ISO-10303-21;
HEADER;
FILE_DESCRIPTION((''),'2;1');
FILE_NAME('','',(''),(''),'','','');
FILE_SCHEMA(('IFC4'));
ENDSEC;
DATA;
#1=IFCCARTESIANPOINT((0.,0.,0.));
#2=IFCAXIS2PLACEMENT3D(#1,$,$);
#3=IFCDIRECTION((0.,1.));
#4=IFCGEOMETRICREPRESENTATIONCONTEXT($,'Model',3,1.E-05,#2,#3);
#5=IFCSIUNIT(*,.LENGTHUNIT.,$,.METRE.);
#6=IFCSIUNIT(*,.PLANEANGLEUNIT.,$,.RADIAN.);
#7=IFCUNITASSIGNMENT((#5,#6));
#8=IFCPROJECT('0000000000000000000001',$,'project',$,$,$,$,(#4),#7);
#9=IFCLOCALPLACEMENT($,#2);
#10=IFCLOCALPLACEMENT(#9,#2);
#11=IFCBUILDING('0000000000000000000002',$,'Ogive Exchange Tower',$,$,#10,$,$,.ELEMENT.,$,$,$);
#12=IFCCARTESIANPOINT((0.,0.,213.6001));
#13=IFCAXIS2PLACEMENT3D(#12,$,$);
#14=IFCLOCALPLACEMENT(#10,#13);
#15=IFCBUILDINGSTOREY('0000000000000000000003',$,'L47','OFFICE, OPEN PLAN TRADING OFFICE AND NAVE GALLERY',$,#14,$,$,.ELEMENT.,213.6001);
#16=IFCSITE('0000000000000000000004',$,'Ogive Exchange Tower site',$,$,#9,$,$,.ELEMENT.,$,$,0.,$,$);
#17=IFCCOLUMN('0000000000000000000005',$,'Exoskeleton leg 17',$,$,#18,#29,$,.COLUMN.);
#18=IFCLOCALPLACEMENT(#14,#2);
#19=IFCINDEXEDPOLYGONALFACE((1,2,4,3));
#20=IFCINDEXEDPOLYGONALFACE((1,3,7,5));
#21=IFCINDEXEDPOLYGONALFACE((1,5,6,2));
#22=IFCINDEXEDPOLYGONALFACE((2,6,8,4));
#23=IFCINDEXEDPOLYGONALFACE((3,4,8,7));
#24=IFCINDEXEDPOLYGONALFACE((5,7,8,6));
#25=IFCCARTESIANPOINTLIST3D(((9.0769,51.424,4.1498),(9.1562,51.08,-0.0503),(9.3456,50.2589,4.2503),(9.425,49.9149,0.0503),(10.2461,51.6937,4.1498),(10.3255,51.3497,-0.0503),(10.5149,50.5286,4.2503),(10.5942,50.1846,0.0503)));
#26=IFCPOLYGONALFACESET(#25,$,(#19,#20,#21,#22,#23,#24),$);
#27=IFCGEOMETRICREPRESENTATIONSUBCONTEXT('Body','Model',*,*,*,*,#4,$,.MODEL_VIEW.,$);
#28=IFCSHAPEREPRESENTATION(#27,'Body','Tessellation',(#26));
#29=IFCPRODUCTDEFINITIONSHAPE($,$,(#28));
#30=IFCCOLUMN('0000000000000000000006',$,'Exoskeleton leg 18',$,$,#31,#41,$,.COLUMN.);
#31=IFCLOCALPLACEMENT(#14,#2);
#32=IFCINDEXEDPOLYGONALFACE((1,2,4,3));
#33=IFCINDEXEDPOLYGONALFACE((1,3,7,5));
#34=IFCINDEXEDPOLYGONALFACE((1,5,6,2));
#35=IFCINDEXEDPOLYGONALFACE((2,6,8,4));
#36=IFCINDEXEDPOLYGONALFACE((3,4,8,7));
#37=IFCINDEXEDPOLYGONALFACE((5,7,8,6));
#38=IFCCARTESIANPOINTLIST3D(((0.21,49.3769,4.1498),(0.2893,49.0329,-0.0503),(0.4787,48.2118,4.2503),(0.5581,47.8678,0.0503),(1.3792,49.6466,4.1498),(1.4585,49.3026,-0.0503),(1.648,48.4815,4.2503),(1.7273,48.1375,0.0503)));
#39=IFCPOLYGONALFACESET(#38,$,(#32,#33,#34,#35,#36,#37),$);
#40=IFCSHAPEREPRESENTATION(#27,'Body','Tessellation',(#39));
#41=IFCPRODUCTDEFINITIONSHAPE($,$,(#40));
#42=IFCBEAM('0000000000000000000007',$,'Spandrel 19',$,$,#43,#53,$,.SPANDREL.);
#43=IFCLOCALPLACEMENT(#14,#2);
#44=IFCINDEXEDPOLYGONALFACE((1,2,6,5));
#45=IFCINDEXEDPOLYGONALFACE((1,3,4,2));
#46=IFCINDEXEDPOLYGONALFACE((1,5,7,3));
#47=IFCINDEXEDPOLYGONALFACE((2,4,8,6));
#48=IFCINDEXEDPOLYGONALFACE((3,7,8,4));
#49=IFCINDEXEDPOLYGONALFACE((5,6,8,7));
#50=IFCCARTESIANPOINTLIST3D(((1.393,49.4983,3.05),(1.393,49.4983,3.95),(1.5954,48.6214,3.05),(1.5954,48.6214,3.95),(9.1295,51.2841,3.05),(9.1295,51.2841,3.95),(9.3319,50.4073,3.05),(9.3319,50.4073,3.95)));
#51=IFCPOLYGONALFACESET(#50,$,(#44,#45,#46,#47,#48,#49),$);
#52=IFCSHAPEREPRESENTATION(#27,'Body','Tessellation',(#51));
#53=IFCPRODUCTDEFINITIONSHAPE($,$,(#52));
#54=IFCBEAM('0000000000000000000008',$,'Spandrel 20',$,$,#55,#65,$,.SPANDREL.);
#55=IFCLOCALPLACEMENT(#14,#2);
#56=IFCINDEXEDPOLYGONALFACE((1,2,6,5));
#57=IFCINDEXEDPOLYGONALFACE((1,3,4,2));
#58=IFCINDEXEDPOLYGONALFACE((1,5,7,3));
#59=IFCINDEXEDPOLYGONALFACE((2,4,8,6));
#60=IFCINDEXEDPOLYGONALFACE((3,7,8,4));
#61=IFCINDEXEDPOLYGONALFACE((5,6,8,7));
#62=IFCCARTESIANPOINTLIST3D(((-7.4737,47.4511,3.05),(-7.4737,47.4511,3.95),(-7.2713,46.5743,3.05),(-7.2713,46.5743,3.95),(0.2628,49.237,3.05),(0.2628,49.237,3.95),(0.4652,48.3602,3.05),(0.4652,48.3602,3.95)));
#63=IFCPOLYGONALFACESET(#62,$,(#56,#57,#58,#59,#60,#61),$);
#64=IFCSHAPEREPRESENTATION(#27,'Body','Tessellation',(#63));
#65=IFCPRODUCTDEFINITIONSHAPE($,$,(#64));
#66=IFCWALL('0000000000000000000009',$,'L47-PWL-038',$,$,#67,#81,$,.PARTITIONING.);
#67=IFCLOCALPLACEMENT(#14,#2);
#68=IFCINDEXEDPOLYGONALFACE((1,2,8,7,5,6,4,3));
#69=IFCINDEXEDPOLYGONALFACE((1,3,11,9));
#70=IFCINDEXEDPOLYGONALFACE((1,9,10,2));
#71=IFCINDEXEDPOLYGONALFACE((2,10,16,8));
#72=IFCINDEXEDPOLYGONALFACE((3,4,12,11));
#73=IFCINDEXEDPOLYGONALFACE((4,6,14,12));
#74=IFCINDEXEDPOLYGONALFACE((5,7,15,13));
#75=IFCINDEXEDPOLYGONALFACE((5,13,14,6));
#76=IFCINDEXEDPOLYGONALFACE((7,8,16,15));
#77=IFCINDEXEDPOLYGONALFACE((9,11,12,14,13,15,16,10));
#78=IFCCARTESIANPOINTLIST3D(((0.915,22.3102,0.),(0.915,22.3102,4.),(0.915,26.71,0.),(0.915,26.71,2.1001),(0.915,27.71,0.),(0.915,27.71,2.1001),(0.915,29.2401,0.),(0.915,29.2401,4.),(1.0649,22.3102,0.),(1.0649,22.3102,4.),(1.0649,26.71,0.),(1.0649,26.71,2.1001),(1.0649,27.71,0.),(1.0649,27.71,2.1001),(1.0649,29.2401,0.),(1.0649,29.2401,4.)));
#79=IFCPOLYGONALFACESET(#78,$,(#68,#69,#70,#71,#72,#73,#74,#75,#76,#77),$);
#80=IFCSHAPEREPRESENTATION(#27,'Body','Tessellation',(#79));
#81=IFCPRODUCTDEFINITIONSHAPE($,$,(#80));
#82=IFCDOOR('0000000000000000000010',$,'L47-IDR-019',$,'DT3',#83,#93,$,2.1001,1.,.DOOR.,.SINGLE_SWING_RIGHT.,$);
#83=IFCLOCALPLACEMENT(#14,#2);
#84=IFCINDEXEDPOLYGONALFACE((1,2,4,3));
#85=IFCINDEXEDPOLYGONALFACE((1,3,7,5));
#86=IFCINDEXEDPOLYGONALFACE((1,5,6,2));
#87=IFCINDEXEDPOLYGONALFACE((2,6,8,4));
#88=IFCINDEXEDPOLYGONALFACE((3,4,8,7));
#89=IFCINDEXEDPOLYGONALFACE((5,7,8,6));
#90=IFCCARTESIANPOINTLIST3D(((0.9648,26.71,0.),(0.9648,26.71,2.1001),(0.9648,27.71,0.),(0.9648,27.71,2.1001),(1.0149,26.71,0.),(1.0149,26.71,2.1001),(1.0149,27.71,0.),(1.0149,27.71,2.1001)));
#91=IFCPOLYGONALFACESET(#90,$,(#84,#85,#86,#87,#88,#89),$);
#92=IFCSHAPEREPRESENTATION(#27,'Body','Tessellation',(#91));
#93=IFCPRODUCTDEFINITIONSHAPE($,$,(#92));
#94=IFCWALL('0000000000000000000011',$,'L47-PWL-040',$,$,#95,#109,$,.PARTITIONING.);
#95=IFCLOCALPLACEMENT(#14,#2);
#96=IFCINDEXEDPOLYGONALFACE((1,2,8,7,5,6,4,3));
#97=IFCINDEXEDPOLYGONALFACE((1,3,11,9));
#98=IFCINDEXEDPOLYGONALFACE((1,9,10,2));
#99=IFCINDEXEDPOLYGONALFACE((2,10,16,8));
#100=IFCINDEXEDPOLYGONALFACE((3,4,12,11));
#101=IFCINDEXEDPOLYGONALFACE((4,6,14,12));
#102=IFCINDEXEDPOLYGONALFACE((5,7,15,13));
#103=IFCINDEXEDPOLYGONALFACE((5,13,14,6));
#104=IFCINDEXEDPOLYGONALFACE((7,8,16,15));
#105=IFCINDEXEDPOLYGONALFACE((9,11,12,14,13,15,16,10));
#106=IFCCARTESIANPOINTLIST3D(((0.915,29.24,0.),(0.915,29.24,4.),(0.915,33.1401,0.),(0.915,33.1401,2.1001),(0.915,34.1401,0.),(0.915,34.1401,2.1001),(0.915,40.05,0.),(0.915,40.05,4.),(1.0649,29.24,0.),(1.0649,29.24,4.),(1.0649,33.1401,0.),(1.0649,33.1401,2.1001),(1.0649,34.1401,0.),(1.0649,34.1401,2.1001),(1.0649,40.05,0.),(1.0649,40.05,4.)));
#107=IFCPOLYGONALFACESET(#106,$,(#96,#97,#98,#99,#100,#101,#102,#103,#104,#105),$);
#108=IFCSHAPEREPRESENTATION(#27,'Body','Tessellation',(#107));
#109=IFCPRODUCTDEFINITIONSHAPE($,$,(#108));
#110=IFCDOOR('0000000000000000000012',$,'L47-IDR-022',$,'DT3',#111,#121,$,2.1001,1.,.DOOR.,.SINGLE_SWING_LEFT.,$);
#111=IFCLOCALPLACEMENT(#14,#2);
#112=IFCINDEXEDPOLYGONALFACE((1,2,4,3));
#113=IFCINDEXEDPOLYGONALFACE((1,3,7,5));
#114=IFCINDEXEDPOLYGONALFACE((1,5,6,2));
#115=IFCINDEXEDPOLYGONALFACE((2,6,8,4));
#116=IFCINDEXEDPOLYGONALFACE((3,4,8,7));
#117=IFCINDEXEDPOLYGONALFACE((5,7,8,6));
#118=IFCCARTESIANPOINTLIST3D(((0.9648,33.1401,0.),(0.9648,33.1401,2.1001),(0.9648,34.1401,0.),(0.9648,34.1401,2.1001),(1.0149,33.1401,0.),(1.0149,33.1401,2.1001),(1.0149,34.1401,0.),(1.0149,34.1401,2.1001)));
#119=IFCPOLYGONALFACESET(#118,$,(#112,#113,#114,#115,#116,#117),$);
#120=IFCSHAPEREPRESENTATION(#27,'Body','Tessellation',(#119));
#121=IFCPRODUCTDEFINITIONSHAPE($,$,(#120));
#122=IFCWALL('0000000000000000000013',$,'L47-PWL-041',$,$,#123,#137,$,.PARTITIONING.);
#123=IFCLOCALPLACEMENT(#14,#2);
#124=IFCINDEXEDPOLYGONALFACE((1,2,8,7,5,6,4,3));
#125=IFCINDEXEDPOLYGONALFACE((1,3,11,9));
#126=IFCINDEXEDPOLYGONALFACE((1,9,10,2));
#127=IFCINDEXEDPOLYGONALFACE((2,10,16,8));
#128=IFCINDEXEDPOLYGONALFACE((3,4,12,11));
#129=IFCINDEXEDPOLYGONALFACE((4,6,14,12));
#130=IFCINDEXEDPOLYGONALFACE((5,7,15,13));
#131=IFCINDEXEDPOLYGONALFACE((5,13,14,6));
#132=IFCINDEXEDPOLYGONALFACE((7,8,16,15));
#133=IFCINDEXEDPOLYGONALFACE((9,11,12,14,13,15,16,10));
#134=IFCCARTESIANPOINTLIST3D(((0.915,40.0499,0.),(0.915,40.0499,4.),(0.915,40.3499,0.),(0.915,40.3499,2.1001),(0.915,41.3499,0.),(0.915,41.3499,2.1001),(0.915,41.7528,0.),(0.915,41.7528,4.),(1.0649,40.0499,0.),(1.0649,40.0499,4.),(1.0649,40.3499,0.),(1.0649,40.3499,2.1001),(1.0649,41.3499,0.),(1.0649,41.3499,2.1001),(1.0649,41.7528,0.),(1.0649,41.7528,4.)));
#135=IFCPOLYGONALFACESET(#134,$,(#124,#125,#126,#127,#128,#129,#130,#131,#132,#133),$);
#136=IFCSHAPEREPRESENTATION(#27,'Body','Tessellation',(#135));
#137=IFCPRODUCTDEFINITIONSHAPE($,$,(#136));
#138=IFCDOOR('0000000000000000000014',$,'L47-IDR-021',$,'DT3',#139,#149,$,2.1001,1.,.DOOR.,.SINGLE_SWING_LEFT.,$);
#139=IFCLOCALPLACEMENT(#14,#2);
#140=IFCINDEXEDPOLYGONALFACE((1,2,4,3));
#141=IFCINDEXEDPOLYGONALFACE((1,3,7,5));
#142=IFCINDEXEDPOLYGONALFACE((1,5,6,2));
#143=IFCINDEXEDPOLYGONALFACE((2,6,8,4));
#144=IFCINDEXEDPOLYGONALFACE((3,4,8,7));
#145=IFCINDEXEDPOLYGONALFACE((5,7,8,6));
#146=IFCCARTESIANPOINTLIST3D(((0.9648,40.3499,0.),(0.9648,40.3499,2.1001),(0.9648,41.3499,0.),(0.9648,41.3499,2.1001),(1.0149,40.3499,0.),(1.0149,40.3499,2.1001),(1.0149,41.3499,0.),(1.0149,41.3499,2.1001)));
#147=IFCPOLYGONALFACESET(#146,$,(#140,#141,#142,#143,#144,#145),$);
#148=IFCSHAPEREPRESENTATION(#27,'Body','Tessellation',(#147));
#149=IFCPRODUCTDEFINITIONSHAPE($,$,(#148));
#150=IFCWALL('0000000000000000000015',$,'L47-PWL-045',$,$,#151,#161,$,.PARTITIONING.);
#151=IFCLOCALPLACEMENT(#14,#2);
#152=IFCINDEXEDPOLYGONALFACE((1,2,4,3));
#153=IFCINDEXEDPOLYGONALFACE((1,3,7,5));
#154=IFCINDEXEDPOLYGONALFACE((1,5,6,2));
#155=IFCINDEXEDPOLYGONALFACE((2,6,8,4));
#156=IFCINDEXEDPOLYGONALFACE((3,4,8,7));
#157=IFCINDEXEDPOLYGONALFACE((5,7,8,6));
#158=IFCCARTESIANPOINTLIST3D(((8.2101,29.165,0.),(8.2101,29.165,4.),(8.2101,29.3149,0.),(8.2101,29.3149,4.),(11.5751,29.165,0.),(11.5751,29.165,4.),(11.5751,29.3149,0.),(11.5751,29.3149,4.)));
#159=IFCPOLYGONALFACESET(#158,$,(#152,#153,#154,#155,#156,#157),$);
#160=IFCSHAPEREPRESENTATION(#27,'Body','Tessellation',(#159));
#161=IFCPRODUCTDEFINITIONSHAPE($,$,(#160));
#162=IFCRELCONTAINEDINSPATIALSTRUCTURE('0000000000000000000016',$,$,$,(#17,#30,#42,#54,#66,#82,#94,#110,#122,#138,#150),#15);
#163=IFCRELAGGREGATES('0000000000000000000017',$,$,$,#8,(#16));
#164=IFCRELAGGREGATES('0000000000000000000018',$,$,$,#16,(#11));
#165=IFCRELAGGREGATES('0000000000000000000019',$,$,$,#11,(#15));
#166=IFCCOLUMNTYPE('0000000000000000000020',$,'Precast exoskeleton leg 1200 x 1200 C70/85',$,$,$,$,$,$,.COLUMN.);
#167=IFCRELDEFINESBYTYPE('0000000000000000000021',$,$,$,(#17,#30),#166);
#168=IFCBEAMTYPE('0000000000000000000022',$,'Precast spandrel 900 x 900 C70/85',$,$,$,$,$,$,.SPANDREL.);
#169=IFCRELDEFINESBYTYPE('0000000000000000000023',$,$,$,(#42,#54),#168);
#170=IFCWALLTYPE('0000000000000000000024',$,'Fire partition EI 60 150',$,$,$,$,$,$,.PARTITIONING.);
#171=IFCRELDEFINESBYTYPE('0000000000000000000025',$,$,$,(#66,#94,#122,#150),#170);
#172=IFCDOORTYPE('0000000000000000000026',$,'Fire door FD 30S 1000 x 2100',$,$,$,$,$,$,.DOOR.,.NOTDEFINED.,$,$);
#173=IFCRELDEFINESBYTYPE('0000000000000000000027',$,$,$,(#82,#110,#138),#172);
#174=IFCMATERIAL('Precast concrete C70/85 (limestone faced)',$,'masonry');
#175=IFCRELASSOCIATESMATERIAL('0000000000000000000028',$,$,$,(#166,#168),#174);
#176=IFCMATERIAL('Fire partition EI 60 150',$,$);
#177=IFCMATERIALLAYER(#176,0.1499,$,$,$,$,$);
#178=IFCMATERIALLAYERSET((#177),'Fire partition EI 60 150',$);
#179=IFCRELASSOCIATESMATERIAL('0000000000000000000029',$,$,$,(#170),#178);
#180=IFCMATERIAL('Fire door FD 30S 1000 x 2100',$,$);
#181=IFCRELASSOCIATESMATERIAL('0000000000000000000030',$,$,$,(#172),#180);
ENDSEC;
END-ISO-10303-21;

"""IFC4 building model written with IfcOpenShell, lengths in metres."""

from ifc_helpers import new_model, si_unit, direction, frame, frame_2d, origin, origin_2d, place, context, subcontext, project, spatial, rectangle, extrude, material, layer, layer_set, material_profile, profile_set, type_object, element, fill, save


model = new_model("IFC4")

# Units and contexts
model_context = context("Model", 3, precision=1e-05, world=origin(), true_north=direction((0.0, 1.0)))
body_context = subcontext(model_context, "Body", "Model", "MODEL_VIEW")
ifc_project = project(units=[si_unit("LENGTHUNIT", "METRE"), si_unit("PLANEANGLEUNIT", "RADIAN")], contexts=[model_context])

# Site, building, storey
site_placement = place(None, origin())
site = spatial("IfcSite", under=ifc_project, at=site_placement, Name="Ogive Exchange Tower site", CompositionType="ELEMENT", RefElevation=0.0)
building_placement = place(site_placement, origin())
building = spatial("IfcBuilding", under=site, at=building_placement, Name="Ogive Exchange Tower", CompositionType="ELEMENT")
storey_placement = place(building_placement, frame((0.0, 0.0, 213.6001)))
storey = spatial("IfcBuildingStorey", under=building, at=storey_placement, Name="L47", Description="OFFICE, OPEN PLAN TRADING OFFICE AND NAVE GALLERY", CompositionType="ELEMENT", Elevation=213.6001)

# Columns
ifc_material_1 = material(Name="Precast concrete C70/85 (limestone faced)", Category="masonry")
ifc_material_profile_1 = material_profile(ifc_material_1, rectangle(XDim=1.2, YDim=1.2, at=origin_2d()), Name="1200 x 1200")
ifc_profile_set_1 = profile_set([ifc_material_profile_1], Name="Precast concrete C70/85 (limestone faced)")
column_type = type_object("IfcColumnType", Name="Precast exoskeleton leg 1200 x 1200 C70/85", PredefinedType="COLUMN", material=ifc_profile_set_1)
for number, where, z_axis, x_axis, name in (
    (1, (9.8752, 50.6323, 0.0), (-0.018826, 0.081617, 0.996486), (-0.974415, -0.224758, 0.0), "Exoskeleton leg 17"),
    (2, (1.0083, 48.5852, 0.0), (-0.018826, 0.081617, 0.996486), (-0.974415, -0.224758, 0.0), "Exoskeleton leg 18"),
):
    element("IfcColumn", number, at=place(storey_placement, frame(where, z_axis=z_axis, x_axis=x_axis)), inside=storey, type_object=column_type, Name=name, PredefinedType="COLUMN", context=body_context, shape_type="SweptSolid", body=[
        extrude(rectangle(XDim=1.2, YDim=1.2, at=origin_2d()), origin(), (0.0, 0.0, 1.0), 4.2148),
    ])

# Beams
ifc_material_profile_2 = material_profile(ifc_material_1, rectangle(XDim=0.8999, YDim=0.8999, at=origin_2d()), Name="900 x 900")
ifc_profile_set_2 = profile_set([ifc_material_profile_2], Name="Precast concrete C70/85 (limestone faced)")
beam_type = type_object("IfcBeamType", Name="Precast spandrel 900 x 900 C70/85", PredefinedType="SPANDREL", material=ifc_profile_set_2)
for number, where, z_axis, x_axis, name in (
    (3, (9.2307, 50.8457, 3.5), (-0.974377, -0.224922, 0.0), (0.224922, -0.974377, 0.0), "Spandrel 19"),
    (4, (0.364, 48.7986, 3.5), (-0.974377, -0.224922, 0.0), (0.224922, -0.974377, 0.0), "Spandrel 20"),
):
    element("IfcBeam", number, at=place(storey_placement, frame(where, z_axis=z_axis, x_axis=x_axis)), inside=storey, type_object=beam_type, Name=name, PredefinedType="SPANDREL", context=body_context, shape_type="SweptSolid", body=[
        extrude(rectangle(XDim=0.8999, YDim=0.8999, at=origin_2d()), origin(), (0.0, 0.0, 1.0), 7.9399),
    ])

# Walls, openings, doors
ifc_material_2 = material(Name="Fire partition EI 60 150")
ifc_layer_1 = layer(ifc_material_2, 0.1499)
ifc_layer_set_1 = layer_set([ifc_layer_1], Name="Fire partition EI 60 150")
wall_type_1 = type_object("IfcWallType", Name="Fire partition EI 60 150", PredefinedType="PARTITIONING", material=ifc_layer_set_1)
wall_1_placement = place(storey_placement, frame((0.99, 29.24, 0.0), z_axis=(0.0, 0.0, 1.0), x_axis=(0.0, -1.0, 0.0)))
wall_1 = element("IfcWall", 5, at=wall_1_placement, inside=storey, type_object=wall_type_1, Name="L47-PWL-038", PredefinedType="PARTITIONING", context=body_context, shape_type="SweptSolid", body=[
    extrude(rectangle(XDim=6.9299, YDim=0.1499, at=frame_2d((3.4648, 0.0))), origin(), (0.0, 0.0, 1.0), 4.0),
])
opening_1_placement = place(wall_1_placement, frame((1.53, 0.0, 0.0)))
opening_1 = element("IfcOpeningElement", 6, at=opening_1_placement, cuts=wall_1, PredefinedType="OPENING", context=body_context, shape_type="SweptSolid", body=[
    extrude(rectangle(XDim=1.0, YDim=2.1001, at=frame_2d((0.5, 1.05))), frame((0.0, 0.085, 0.0), z_axis=(0.0, -1.0, 0.0), x_axis=(1.0, 0.0, 0.0)), (0.0, 0.0, 1.0), 0.1699),
])
ifc_material_3 = material(Name="Fire door FD 30S 1000 x 2100")
door_type_1 = type_object("IfcDoorType", Name="Fire door FD 30S 1000 x 2100", OperationType="NOTDEFINED", PredefinedType="DOOR", material=ifc_material_3)
door_1_placement = place(opening_1_placement, origin())
door_1 = element("IfcDoor", 7, at=door_1_placement, inside=storey, type_object=door_type_1, Name="L47-IDR-019", ObjectType="DT3", OperationType="SINGLE_SWING_RIGHT", OverallHeight=2.1001, OverallWidth=1.0, PredefinedType="DOOR", context=body_context, shape_type="SweptSolid", body=[
    extrude(rectangle(XDim=1.0, YDim=2.1001, at=frame_2d((0.5, 1.05))), frame((0.0, 0.0249, 0.0), z_axis=(0.0, -1.0, 0.0), x_axis=(1.0, 0.0, 0.0)), (0.0, 0.0, 1.0), 0.05),
])
fill(opening_1, door_1)
wall_2_placement = place(storey_placement, frame((0.99, 40.05, 0.0), z_axis=(0.0, 0.0, 1.0), x_axis=(0.0, -1.0, 0.0)))
wall_2 = element("IfcWall", 8, at=wall_2_placement, inside=storey, type_object=wall_type_1, Name="L47-PWL-040", PredefinedType="PARTITIONING", context=body_context, shape_type="SweptSolid", body=[
    extrude(rectangle(XDim=10.8101, YDim=0.1499, at=frame_2d((5.405, 0.0))), origin(), (0.0, 0.0, 1.0), 4.0),
])
opening_2_placement = place(wall_2_placement, frame((5.9099, 0.0, 0.0)))
opening_2 = element("IfcOpeningElement", 9, at=opening_2_placement, cuts=wall_2, PredefinedType="OPENING", context=body_context, shape_type="SweptSolid", body=[
    extrude(rectangle(XDim=1.0, YDim=2.1001, at=frame_2d((0.5, 1.05))), frame((0.0, 0.085, 0.0), z_axis=(0.0, -1.0, 0.0), x_axis=(1.0, 0.0, 0.0)), (0.0, 0.0, 1.0), 0.1699),
])
door_2_placement = place(opening_2_placement, origin())
door_2 = element("IfcDoor", 10, at=door_2_placement, inside=storey, type_object=door_type_1, Name="L47-IDR-022", ObjectType="DT3", OperationType="SINGLE_SWING_LEFT", OverallHeight=2.1001, OverallWidth=1.0, PredefinedType="DOOR", context=body_context, shape_type="SweptSolid", body=[
    extrude(rectangle(XDim=1.0, YDim=2.1001, at=frame_2d((0.5, 1.05))), frame((0.0, 0.0249, 0.0), z_axis=(0.0, -1.0, 0.0), x_axis=(1.0, 0.0, 0.0)), (0.0, 0.0, 1.0), 0.05),
])
fill(opening_2, door_2)
wall_3_placement = place(storey_placement, frame((0.99, 41.7529, 0.0), z_axis=(0.0, 0.0, 1.0), x_axis=(0.0, -1.0, 0.0)))
wall_3 = element("IfcWall", 11, at=wall_3_placement, inside=storey, type_object=wall_type_1, Name="L47-PWL-041", PredefinedType="PARTITIONING", context=body_context, shape_type="SweptSolid", body=[
    extrude(rectangle(XDim=1.7029, YDim=0.1499, at=frame_2d((0.8516, 0.0))), origin(), (0.0, 0.0, 1.0), 4.0),
])
opening_3_placement = place(wall_3_placement, frame((0.4031, 0.0, 0.0)))
opening_3 = element("IfcOpeningElement", 12, at=opening_3_placement, cuts=wall_3, PredefinedType="OPENING", context=body_context, shape_type="SweptSolid", body=[
    extrude(rectangle(XDim=1.0, YDim=2.1001, at=frame_2d((0.5, 1.05))), frame((0.0, 0.085, 0.0), z_axis=(0.0, -1.0, 0.0), x_axis=(1.0, 0.0, 0.0)), (0.0, 0.0, 1.0), 0.1699),
])
door_3_placement = place(opening_3_placement, origin())
door_3 = element("IfcDoor", 13, at=door_3_placement, inside=storey, type_object=door_type_1, Name="L47-IDR-021", ObjectType="DT3", OperationType="SINGLE_SWING_LEFT", OverallHeight=2.1001, OverallWidth=1.0, PredefinedType="DOOR", context=body_context, shape_type="SweptSolid", body=[
    extrude(rectangle(XDim=1.0, YDim=2.1001, at=frame_2d((0.5, 1.05))), frame((0.0, 0.0249, 0.0), z_axis=(0.0, -1.0, 0.0), x_axis=(1.0, 0.0, 0.0)), (0.0, 0.0, 1.0), 0.05),
])
fill(opening_3, door_3)

# Wall
wall_4_placement = place(storey_placement, frame((8.21, 29.24, 0.0), z_axis=(0.0, 0.0, 1.0), x_axis=(1.0, 0.0, 0.0)))
element("IfcWall", 14, at=wall_4_placement, inside=storey, type_object=wall_type_1, Name="L47-PWL-045", PredefinedType="PARTITIONING", context=body_context, shape_type="SweptSolid", body=[
    extrude(rectangle(XDim=3.365, YDim=0.1499, at=frame_2d((1.6826, 0.0))), origin(), (0.0, 0.0, 1.0), 4.0),
])

save(model, "model.ifc")
